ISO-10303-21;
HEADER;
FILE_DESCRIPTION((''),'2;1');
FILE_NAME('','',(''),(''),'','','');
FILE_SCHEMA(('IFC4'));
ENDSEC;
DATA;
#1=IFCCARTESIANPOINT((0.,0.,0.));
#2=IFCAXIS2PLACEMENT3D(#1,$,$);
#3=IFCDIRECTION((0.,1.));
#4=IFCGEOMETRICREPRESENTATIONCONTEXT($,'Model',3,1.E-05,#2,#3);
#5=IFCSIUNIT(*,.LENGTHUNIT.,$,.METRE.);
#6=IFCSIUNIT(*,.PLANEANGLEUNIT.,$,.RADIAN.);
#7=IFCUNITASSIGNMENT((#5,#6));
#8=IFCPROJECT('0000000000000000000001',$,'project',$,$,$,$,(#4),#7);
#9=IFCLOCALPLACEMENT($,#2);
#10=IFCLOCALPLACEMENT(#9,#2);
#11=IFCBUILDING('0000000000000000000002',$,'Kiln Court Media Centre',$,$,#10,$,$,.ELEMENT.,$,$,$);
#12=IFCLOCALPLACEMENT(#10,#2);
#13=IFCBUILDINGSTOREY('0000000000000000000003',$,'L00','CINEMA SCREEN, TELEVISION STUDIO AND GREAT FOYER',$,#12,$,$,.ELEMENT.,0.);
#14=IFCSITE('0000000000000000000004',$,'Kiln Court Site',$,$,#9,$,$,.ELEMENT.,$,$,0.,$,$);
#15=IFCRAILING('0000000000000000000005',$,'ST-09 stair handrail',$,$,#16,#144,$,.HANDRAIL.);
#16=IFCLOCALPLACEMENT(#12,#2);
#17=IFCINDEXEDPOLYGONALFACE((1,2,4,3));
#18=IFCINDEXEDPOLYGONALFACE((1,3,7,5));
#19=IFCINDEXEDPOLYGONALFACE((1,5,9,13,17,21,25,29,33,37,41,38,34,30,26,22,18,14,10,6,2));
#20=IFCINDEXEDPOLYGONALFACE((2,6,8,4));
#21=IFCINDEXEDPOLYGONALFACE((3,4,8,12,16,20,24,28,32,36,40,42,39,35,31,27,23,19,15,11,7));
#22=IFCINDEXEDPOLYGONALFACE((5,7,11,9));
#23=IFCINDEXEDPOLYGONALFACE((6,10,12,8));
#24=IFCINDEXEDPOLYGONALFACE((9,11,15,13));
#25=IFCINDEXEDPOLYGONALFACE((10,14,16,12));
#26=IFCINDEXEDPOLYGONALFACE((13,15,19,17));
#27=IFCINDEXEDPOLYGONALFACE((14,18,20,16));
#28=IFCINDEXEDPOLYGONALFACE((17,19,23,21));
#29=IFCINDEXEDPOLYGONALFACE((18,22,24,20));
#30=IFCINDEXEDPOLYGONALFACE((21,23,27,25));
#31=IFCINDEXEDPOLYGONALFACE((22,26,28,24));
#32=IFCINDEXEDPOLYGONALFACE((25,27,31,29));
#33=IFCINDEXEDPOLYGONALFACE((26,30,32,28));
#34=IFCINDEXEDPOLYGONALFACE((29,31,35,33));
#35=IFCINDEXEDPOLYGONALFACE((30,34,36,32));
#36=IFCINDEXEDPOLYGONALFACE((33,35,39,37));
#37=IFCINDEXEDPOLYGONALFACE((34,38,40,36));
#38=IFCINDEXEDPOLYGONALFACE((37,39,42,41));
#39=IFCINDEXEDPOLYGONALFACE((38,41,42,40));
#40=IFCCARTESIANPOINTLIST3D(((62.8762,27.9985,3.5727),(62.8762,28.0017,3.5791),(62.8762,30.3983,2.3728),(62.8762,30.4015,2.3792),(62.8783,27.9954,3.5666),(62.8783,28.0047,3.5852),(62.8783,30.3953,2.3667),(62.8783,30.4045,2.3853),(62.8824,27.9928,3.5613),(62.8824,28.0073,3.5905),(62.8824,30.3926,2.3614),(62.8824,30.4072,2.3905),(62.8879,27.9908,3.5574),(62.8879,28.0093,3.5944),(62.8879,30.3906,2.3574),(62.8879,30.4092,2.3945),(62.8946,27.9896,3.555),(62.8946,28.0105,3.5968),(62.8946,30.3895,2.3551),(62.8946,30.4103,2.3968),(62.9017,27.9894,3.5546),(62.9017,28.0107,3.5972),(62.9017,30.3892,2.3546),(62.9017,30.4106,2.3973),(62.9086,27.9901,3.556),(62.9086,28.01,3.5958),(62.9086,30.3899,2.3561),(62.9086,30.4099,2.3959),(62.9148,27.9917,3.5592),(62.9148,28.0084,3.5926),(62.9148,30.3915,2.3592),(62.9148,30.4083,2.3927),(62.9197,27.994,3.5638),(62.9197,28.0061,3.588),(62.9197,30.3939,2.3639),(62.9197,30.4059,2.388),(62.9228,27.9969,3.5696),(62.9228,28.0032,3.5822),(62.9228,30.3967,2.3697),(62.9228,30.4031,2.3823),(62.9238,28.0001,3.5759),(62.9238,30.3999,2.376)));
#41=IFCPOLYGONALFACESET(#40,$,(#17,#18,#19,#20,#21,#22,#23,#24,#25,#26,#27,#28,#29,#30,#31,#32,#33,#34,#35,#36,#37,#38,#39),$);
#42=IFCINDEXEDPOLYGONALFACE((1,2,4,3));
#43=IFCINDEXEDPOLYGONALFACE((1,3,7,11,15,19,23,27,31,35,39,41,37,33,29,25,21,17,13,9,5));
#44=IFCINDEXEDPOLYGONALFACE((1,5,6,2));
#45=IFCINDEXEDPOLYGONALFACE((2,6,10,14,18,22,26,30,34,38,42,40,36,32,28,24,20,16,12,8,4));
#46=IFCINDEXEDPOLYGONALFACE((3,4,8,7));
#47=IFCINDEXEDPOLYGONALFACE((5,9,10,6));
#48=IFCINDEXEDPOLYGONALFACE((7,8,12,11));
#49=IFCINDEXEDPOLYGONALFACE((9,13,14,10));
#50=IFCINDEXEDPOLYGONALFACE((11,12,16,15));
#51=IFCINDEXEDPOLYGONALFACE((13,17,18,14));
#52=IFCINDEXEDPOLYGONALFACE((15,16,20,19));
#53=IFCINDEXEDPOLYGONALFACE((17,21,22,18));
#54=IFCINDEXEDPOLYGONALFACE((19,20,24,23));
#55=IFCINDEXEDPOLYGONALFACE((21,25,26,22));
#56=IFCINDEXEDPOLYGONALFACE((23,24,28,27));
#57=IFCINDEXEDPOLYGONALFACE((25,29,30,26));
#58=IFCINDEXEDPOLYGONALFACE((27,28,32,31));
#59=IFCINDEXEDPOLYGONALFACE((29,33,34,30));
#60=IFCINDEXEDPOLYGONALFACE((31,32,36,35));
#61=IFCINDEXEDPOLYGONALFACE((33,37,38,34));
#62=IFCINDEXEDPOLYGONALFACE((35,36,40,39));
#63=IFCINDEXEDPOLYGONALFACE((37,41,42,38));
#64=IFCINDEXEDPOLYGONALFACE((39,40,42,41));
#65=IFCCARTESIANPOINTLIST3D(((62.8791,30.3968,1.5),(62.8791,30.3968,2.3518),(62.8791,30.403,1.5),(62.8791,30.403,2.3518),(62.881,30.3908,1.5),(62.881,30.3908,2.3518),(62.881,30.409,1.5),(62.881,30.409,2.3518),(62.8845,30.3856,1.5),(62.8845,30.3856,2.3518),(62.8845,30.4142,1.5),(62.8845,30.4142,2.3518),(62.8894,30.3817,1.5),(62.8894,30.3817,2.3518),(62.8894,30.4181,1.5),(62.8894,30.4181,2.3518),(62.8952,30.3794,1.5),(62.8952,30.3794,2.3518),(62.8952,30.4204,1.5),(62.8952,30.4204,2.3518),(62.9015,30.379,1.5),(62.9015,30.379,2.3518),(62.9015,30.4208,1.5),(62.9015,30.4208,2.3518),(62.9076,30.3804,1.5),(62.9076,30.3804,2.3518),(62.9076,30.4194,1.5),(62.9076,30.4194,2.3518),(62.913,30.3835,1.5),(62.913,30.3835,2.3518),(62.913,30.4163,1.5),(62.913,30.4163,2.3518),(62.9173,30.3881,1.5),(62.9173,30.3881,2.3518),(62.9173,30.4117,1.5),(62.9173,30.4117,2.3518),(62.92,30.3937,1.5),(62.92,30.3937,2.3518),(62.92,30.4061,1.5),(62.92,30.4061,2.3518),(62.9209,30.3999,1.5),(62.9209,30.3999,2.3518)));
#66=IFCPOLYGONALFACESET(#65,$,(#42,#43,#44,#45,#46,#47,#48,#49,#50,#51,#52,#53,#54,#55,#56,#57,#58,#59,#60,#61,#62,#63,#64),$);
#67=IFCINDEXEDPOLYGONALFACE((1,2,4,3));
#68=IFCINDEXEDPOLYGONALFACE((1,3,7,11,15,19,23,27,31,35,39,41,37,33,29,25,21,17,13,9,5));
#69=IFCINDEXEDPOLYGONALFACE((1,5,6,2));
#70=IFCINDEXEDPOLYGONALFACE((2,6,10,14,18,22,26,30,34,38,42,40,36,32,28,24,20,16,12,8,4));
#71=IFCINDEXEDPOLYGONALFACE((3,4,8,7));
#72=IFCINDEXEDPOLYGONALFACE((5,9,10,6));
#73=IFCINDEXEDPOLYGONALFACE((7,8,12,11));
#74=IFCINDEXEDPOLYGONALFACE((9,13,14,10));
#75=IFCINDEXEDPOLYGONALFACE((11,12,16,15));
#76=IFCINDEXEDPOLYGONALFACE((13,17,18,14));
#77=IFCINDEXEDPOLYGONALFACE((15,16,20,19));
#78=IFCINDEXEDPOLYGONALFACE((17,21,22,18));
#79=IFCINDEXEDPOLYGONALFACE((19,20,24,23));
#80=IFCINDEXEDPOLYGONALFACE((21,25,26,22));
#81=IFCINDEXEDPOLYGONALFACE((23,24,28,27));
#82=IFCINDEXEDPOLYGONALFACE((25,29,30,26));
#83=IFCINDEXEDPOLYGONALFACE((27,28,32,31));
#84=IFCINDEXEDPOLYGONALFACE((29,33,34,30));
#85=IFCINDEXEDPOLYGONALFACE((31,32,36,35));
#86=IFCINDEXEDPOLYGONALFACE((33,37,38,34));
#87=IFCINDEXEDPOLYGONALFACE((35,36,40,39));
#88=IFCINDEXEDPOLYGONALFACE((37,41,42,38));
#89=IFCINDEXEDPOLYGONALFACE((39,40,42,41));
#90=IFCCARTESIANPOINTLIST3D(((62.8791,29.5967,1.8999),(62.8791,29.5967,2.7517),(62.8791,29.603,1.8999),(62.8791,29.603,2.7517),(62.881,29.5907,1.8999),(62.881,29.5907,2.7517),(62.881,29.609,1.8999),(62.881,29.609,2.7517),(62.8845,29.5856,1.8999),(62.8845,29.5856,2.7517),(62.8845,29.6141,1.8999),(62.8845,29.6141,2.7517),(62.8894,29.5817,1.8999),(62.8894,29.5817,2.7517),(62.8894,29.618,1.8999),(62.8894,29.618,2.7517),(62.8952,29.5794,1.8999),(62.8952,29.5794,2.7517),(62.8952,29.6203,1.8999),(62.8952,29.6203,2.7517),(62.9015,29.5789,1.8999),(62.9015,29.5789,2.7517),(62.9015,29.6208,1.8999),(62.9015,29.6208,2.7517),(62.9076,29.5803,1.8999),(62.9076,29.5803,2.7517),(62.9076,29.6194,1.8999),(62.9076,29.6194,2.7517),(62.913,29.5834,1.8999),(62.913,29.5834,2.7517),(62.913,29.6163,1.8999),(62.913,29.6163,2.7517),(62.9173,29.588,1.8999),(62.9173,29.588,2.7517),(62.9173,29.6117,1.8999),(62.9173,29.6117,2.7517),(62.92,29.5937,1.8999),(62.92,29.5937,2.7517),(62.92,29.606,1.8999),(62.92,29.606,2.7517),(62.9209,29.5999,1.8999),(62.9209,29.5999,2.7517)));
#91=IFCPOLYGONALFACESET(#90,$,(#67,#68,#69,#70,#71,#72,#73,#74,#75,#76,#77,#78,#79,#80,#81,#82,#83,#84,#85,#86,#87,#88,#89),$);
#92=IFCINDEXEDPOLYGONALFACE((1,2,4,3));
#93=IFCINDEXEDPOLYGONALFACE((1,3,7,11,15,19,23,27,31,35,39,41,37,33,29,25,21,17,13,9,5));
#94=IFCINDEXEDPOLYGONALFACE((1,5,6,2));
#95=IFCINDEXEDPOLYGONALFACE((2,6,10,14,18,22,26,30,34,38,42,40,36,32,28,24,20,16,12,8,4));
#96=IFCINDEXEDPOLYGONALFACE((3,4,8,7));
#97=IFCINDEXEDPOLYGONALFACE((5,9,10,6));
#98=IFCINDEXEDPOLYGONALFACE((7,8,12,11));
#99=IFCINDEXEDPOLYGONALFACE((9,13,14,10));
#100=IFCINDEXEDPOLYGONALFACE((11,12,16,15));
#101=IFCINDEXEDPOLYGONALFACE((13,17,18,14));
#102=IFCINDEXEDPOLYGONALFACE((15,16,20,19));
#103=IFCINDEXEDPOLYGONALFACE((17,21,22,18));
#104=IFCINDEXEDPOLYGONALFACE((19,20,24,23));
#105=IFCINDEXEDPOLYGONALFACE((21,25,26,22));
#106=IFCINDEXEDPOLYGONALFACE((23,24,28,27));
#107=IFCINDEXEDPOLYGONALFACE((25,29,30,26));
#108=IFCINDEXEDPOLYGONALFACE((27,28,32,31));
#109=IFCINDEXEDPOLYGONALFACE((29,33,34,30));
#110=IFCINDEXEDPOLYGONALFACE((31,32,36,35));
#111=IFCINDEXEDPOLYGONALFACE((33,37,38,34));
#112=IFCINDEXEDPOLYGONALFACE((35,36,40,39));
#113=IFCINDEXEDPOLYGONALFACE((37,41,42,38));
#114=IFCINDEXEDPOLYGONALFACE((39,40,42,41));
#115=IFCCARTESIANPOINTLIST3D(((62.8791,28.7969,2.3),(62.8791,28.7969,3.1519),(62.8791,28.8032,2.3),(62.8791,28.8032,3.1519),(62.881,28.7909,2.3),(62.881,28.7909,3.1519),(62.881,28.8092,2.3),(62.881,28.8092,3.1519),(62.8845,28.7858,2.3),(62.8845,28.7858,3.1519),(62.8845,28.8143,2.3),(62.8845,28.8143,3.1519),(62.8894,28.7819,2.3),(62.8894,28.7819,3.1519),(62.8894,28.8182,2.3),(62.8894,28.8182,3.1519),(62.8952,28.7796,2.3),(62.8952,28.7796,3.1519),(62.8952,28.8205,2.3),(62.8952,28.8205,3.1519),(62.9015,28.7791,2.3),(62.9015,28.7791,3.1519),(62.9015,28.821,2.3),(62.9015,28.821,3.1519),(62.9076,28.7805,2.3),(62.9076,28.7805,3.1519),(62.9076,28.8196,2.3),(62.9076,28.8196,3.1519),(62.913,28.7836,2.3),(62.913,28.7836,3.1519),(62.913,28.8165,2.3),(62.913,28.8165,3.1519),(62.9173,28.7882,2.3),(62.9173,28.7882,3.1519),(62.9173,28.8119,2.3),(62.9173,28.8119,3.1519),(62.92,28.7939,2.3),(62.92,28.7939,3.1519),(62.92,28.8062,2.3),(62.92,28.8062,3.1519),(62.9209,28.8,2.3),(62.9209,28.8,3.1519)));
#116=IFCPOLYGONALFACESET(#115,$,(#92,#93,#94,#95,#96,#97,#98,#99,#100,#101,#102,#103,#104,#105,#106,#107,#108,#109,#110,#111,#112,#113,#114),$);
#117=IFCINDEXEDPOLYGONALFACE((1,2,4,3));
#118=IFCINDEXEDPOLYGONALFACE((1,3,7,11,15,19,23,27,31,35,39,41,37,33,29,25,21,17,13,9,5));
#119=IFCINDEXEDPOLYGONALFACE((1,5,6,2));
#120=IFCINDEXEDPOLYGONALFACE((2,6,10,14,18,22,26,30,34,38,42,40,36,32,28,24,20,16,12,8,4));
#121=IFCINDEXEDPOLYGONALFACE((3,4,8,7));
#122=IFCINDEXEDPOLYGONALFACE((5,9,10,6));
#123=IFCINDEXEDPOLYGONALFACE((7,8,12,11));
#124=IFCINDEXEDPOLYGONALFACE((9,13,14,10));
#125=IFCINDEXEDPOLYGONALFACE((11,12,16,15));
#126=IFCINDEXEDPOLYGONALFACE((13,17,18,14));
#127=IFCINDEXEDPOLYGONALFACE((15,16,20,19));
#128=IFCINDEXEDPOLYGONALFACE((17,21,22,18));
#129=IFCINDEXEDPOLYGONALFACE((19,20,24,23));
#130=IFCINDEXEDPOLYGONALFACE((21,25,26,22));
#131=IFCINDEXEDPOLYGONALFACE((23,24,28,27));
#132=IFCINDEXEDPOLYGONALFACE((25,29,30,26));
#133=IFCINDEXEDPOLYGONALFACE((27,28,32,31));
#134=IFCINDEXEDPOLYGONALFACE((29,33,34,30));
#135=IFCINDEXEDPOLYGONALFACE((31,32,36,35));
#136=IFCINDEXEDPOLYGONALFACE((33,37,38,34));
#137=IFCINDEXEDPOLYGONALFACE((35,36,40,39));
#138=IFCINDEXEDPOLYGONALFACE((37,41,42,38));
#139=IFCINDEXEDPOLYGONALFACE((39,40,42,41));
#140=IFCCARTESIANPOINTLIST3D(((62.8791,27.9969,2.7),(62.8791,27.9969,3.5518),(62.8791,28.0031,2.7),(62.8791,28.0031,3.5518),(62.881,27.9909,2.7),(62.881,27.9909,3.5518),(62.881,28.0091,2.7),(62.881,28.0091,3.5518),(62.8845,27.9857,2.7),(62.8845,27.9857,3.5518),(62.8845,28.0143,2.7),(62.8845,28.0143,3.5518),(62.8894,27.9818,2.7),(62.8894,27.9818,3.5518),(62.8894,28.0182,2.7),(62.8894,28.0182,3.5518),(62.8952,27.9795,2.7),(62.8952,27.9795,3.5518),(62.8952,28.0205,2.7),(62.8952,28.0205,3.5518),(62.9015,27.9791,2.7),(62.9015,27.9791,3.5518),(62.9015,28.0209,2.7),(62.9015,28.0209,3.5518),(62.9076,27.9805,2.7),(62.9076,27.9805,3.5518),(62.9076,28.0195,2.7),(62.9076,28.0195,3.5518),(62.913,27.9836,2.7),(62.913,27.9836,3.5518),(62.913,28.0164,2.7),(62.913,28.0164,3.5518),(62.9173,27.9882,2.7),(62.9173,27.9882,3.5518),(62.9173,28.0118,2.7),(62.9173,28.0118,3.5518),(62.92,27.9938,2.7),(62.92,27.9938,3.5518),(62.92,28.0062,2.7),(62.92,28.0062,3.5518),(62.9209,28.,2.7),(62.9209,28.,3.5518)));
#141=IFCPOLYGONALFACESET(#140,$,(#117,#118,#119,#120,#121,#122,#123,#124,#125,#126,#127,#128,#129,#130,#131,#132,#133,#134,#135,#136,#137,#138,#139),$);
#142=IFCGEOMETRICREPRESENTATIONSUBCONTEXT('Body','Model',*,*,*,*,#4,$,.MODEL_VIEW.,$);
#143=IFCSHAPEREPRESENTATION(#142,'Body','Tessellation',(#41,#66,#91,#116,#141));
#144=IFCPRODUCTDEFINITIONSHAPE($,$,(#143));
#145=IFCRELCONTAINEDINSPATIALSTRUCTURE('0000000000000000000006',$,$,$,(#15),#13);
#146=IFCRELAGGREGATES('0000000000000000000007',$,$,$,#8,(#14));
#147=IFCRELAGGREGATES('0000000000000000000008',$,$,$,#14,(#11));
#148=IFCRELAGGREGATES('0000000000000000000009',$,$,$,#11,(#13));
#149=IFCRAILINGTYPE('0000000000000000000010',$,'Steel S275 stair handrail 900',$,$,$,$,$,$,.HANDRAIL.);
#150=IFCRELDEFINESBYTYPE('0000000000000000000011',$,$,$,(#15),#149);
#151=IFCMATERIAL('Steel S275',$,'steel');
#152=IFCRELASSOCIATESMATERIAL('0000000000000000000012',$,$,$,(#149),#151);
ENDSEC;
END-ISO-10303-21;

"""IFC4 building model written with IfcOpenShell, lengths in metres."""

from ifc_helpers import new_model, si_unit, direction, frame, origin, origin_2d, place, context, subcontext, project, spatial, circle, extrude, material, type_object, element, save


model = new_model("IFC4")

# Units and contexts
model_context = context("Model", 3, precision=1e-05, world=origin(), true_north=direction((0.0, 1.0)))
body_context = subcontext(model_context, "Body", "Model", "MODEL_VIEW")
ifc_project = project(units=[si_unit("LENGTHUNIT", "METRE"), si_unit("PLANEANGLEUNIT", "RADIAN")], contexts=[model_context])

# Site, building, storey
site_placement = place(None, origin())
site = spatial("IfcSite", under=ifc_project, at=site_placement, Name="Kiln Court Site", CompositionType="ELEMENT", RefElevation=0.0)
building_placement = place(site_placement, origin())
building = spatial("IfcBuilding", under=site, at=building_placement, Name="Kiln Court Media Centre", CompositionType="ELEMENT")
storey_placement = place(building_placement, origin())
storey = spatial("IfcBuildingStorey", under=building, at=storey_placement, Name="L00", Description="CINEMA SCREEN, TELEVISION STUDIO AND GREAT FOYER", CompositionType="ELEMENT", Elevation=0.0)

# Railing
ifc_material_1 = material(Name="Steel S275", Category="steel")
railing_type_1 = type_object("IfcRailingType", Name="Steel S275 stair handrail 900", PredefinedType="HANDRAIL", material=ifc_material_1)
railing_1_placement = place(storey_placement, frame((62.8999, 30.3999, 1.5)))
element("IfcRailing", 1, at=railing_1_placement, inside=storey, type_object=railing_type_1, Name="ST-09 stair handrail", PredefinedType="HANDRAIL", context=body_context, shape_type="SweptSolid", body=[
    extrude(circle(Radius=0.0239, at=origin_2d()), frame((0.0, 0.0, 0.876), z_axis=(0.0, -0.894427, 0.447214), x_axis=(1.0, 0.0, 0.0)), (0.0, 0.0, 1.0), 2.6831),
    extrude(circle(Radius=0.021, at=origin_2d()), origin(), (0.0, 0.0, 1.0), 0.8518),
    extrude(circle(Radius=0.021, at=origin_2d()), frame((0.0, -0.8, 0.3999)), (0.0, 0.0, 1.0), 0.8518),
    extrude(circle(Radius=0.021, at=origin_2d()), frame((0.0, -1.5999, 0.8)), (0.0, 0.0, 1.0), 0.8518),
    extrude(circle(Radius=0.021, at=origin_2d()), frame((0.0, -2.3999, 1.2)), (0.0, 0.0, 1.0), 0.8518),
])

save(model, "model.ifc")
